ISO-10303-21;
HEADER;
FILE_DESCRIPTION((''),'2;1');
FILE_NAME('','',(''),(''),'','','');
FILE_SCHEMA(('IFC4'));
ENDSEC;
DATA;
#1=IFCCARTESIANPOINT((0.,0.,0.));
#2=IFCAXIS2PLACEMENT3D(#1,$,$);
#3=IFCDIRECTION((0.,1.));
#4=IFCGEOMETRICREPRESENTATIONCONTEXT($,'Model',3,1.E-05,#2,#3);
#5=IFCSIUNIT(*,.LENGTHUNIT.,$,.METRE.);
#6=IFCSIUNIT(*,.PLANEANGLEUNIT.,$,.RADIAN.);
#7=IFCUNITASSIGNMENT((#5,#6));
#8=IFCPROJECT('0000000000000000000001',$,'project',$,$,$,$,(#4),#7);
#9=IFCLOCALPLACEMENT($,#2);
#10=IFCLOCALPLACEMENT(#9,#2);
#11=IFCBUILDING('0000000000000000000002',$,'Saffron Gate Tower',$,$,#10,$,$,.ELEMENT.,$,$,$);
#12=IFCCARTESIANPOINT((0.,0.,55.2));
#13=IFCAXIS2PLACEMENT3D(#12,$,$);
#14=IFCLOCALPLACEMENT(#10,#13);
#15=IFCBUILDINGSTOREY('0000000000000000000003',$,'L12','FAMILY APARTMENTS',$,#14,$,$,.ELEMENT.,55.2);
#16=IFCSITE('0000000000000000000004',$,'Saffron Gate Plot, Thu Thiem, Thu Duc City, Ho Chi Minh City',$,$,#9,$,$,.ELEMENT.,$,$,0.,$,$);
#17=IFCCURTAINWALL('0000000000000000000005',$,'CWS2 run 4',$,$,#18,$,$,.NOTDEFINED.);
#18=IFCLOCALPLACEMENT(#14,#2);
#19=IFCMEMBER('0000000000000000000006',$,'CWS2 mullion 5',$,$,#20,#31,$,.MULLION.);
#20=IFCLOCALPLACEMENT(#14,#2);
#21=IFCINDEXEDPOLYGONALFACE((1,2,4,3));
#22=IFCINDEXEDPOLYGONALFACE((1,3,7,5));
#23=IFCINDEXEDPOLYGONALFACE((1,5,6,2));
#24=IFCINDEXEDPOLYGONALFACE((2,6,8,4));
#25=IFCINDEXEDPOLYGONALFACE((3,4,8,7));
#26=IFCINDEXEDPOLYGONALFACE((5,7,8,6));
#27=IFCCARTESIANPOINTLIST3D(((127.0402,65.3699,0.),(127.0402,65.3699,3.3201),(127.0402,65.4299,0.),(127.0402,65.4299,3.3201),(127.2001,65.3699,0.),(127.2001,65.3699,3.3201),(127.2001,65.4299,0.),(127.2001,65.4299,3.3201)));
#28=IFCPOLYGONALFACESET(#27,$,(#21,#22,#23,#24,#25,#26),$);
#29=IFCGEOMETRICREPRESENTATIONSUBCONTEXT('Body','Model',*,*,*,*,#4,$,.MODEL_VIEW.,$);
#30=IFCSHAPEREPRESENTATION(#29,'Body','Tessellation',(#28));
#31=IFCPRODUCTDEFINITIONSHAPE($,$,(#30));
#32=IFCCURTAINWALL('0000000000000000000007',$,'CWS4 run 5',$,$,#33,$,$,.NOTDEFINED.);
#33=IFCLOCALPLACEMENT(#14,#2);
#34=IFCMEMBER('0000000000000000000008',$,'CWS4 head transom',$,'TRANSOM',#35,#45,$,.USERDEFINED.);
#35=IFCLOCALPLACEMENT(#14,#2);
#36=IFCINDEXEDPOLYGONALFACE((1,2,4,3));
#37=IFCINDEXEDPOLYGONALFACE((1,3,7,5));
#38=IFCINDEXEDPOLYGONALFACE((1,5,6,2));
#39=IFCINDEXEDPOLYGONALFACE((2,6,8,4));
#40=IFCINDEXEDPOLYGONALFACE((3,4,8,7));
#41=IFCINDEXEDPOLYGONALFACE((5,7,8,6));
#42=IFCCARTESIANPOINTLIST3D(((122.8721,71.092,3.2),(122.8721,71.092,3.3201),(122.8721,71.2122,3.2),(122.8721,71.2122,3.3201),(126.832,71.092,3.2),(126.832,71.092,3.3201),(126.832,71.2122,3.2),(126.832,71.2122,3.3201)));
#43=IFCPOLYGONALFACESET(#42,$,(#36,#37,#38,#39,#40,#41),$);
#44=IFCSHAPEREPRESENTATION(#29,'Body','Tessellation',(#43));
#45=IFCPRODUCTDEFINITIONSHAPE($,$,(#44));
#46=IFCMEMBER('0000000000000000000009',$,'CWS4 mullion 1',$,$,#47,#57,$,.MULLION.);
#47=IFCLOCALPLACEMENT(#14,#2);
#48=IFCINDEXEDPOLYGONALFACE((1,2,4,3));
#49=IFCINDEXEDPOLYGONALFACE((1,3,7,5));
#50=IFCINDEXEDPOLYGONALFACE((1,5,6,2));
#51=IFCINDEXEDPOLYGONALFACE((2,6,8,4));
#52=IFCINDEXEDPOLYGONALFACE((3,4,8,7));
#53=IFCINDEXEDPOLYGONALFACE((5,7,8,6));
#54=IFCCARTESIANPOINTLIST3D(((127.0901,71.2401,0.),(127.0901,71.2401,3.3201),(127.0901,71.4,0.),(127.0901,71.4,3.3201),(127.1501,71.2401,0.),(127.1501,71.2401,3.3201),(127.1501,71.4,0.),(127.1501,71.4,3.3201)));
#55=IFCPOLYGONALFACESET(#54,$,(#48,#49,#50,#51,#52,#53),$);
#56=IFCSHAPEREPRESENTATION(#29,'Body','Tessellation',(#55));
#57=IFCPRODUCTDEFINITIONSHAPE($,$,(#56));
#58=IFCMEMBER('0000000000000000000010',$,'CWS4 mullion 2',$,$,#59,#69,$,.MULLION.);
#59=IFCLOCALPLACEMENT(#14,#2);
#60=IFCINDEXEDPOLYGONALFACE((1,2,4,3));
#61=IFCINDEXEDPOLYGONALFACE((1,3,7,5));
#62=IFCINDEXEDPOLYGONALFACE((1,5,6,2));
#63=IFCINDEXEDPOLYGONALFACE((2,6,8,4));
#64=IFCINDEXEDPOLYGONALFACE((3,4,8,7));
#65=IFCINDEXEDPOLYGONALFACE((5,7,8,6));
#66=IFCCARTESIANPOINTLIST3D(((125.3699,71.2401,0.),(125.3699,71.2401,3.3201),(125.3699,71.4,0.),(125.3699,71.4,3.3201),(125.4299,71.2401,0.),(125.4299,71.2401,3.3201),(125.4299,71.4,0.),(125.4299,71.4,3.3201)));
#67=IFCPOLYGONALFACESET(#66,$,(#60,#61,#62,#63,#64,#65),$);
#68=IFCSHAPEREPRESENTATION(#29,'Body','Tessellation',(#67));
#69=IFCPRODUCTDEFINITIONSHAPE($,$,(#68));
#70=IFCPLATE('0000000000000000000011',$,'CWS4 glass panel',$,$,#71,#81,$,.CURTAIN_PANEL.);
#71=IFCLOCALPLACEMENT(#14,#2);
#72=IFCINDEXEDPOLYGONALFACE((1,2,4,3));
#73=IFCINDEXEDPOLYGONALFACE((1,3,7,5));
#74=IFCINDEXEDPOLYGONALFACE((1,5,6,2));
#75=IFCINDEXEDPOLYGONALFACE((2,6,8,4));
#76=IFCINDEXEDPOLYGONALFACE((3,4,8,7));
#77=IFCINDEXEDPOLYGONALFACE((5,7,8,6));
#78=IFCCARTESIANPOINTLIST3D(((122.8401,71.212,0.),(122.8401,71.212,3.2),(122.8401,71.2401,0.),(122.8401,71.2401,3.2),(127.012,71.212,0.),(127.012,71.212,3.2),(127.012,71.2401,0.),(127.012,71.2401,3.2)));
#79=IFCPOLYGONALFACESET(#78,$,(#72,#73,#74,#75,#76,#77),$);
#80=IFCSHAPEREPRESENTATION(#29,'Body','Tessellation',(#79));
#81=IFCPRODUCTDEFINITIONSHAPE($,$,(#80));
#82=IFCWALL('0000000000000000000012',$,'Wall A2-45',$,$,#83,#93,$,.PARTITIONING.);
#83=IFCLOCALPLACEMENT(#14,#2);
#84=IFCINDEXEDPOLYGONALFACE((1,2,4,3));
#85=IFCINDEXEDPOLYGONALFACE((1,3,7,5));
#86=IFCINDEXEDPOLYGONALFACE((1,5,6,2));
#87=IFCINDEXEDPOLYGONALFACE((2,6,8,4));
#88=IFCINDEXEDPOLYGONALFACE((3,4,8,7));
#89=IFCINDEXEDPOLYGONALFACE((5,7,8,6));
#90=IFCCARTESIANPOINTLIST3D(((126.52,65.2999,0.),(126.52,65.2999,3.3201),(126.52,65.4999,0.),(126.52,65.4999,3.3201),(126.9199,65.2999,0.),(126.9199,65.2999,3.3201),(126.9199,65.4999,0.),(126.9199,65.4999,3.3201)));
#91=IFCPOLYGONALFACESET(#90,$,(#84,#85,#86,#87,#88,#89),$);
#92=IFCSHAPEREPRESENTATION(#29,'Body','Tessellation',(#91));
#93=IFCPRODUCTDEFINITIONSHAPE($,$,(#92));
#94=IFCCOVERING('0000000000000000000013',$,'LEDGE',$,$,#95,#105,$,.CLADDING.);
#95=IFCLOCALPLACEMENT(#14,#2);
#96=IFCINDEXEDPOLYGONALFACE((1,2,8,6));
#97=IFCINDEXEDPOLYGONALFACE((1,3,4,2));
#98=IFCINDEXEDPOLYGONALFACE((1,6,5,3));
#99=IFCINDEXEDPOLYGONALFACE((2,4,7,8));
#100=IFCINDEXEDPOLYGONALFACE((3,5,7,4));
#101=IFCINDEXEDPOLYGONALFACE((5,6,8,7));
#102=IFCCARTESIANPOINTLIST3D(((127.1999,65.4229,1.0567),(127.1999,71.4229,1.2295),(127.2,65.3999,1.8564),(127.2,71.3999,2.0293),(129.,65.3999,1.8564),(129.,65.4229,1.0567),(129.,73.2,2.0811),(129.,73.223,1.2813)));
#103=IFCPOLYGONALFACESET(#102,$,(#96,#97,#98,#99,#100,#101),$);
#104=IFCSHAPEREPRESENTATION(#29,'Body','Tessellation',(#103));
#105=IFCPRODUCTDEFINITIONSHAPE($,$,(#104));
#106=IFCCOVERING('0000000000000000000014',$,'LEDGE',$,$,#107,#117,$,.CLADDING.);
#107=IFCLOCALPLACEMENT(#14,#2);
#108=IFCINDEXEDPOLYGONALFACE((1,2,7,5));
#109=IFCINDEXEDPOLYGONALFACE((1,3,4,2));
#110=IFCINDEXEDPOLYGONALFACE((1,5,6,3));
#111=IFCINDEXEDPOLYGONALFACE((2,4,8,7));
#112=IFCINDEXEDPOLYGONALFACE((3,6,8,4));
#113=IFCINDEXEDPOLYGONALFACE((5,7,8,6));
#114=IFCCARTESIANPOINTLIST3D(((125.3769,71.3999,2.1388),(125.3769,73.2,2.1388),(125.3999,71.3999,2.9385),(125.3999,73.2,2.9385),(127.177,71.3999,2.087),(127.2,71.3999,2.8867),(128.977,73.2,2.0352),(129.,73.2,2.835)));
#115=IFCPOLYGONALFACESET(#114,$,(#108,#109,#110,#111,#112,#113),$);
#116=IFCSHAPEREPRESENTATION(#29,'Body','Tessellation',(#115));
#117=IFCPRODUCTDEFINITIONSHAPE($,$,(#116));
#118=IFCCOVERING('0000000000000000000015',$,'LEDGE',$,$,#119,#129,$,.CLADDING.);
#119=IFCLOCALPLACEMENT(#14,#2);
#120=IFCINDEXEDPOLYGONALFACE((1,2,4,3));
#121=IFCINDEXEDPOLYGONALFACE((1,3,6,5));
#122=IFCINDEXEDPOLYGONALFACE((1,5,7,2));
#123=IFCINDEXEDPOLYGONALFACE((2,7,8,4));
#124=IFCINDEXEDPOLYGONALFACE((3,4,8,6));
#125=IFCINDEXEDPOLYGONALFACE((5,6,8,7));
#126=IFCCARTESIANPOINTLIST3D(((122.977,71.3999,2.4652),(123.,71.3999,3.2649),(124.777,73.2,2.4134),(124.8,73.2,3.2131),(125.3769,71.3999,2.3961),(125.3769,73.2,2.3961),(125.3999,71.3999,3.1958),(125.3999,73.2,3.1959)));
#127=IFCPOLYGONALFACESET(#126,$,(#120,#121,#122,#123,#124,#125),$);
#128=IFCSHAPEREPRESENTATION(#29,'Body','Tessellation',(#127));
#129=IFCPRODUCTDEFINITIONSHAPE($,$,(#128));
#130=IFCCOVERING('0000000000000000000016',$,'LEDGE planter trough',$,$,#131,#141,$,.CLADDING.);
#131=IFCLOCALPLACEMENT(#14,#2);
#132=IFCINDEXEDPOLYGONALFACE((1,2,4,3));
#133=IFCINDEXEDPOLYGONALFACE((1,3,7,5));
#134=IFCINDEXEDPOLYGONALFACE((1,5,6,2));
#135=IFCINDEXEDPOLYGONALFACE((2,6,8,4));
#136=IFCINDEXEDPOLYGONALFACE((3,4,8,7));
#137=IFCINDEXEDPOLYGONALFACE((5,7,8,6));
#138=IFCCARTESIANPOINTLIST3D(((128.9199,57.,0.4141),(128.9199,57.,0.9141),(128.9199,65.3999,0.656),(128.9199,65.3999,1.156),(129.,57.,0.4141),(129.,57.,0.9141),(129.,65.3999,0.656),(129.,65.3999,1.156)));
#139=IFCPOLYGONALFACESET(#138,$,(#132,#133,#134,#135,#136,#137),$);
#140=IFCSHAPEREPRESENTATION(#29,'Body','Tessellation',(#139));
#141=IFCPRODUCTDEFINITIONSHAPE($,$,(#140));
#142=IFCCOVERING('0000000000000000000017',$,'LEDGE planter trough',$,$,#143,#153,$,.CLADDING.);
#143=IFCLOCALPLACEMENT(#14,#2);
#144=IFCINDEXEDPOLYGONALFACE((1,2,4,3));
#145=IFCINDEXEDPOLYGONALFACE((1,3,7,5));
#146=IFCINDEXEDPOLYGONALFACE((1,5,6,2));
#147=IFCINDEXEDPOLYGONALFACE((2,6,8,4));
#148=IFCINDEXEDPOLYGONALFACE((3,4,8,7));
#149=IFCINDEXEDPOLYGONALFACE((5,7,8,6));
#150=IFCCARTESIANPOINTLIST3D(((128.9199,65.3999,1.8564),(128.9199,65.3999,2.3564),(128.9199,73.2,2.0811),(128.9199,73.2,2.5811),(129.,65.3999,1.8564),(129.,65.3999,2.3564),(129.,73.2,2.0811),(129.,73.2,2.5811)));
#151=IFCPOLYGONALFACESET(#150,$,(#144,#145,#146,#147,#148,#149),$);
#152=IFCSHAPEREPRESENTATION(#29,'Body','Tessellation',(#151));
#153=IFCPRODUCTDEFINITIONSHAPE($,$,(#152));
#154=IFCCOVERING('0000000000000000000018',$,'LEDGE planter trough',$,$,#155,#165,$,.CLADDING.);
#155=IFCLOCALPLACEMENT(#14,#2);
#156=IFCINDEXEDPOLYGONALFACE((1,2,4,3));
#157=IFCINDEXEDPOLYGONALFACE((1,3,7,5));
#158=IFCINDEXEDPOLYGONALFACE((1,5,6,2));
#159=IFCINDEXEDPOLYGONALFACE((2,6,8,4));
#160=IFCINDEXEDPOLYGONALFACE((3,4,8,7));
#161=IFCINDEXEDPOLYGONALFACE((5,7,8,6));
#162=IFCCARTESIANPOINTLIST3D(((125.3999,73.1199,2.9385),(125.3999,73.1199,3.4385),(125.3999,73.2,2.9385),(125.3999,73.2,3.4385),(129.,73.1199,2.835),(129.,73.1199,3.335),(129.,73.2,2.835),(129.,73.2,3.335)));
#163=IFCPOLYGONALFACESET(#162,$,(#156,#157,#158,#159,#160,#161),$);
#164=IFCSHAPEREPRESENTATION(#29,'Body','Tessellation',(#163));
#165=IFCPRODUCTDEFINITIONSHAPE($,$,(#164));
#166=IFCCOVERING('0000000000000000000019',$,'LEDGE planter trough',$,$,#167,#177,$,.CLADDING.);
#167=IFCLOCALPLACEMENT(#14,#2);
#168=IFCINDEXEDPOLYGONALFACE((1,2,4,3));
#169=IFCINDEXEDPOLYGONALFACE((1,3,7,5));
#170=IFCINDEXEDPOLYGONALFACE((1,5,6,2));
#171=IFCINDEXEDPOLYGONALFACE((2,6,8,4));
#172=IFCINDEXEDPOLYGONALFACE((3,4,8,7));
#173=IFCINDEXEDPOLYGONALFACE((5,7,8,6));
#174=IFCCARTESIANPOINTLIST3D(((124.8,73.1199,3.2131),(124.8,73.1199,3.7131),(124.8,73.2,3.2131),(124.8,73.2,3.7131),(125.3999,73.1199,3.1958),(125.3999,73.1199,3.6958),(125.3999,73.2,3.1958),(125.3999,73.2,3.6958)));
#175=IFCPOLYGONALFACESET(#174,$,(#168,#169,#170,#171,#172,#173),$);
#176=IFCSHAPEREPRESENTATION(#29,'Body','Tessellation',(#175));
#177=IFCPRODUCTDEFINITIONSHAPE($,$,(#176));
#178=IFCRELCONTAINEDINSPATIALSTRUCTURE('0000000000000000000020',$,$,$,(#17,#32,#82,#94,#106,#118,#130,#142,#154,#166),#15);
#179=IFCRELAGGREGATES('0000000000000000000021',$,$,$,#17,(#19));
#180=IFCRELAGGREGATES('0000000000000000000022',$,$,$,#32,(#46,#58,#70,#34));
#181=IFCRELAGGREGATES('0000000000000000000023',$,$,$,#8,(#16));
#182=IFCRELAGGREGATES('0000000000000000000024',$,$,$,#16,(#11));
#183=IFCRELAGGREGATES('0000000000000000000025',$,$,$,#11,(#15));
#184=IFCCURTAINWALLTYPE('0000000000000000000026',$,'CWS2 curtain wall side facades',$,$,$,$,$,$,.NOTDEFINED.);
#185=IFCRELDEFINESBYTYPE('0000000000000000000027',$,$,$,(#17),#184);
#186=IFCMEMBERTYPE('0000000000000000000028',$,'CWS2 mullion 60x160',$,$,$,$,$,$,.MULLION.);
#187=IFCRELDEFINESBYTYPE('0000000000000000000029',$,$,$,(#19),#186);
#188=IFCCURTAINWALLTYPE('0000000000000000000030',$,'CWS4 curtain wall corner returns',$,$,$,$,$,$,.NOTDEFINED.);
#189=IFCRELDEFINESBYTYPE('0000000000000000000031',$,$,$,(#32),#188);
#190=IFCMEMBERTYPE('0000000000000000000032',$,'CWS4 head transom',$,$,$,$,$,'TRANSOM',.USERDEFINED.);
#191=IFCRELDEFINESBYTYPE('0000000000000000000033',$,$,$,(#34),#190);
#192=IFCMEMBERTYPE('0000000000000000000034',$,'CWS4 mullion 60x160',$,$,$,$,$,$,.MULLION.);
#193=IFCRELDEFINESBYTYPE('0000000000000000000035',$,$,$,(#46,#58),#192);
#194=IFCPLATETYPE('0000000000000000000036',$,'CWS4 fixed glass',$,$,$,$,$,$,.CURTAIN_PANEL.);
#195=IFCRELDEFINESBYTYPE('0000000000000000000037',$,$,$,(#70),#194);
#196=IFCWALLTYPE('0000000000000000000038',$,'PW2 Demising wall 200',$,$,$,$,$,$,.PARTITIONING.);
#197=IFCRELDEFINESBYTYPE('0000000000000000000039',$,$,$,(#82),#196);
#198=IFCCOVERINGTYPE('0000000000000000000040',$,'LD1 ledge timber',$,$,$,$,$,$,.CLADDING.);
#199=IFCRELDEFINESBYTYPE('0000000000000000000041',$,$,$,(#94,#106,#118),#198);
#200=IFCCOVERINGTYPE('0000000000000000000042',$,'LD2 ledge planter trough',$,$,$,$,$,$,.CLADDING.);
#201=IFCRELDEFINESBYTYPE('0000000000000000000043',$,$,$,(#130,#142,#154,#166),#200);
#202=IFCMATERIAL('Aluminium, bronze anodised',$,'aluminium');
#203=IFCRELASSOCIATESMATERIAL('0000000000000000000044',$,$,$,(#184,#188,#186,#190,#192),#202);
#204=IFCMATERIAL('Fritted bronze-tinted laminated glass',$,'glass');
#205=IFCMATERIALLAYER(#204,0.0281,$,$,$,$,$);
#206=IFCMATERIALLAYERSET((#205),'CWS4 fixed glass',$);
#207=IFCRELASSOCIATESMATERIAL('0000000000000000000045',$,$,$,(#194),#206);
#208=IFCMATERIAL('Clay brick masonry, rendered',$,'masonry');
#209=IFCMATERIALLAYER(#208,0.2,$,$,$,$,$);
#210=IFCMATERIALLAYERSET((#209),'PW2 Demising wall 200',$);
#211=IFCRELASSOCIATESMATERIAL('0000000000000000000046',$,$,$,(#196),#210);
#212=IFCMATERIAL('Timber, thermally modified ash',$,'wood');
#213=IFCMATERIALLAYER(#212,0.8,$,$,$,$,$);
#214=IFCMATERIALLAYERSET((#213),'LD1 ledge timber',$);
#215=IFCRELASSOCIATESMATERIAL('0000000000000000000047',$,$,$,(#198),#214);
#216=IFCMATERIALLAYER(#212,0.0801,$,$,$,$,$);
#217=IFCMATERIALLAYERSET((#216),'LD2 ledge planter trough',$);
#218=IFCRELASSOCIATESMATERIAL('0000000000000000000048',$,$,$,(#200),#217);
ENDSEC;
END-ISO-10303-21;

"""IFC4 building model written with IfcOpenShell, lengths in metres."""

from ifc_helpers import new_model, si_unit, direction, frame, frame_2d, origin, origin_2d, place, context, subcontext, project, spatial, polyline, rectangle, outline, extrude, material, layer, layer_set, material_profile, profile_set, type_object, element, aggregate, save


model = new_model("IFC4")

# Units and contexts
model_context = context("Model", 3, precision=1e-05, world=origin(), true_north=direction((0.0, 1.0)))
body_context = subcontext(model_context, "Body", "Model", "MODEL_VIEW")
ifc_project = project(units=[si_unit("LENGTHUNIT", "METRE"), si_unit("PLANEANGLEUNIT", "RADIAN")], contexts=[model_context])

# Site, building, storey
site_placement = place(None, origin())
site = spatial("IfcSite", under=ifc_project, at=site_placement, Name="Saffron Gate Plot, Thu Thiem, Thu Duc City, Ho Chi Minh City", CompositionType="ELEMENT", RefElevation=0.0)
building_placement = place(site_placement, origin())
building = spatial("IfcBuilding", under=site, at=building_placement, Name="Saffron Gate Tower", CompositionType="ELEMENT")
storey_placement = place(building_placement, frame((0.0, 0.0, 55.2)))
storey = spatial("IfcBuildingStorey", under=building, at=storey_placement, Name="L12", Description="FAMILY APARTMENTS", CompositionType="ELEMENT", Elevation=55.2)

# Curtain wall, member
ifc_material_1 = material(Name="Aluminium, bronze anodised", Category="aluminium")
curtain_wall_type_1 = type_object("IfcCurtainWallType", Name="CWS2 curtain wall side facades", PredefinedType="NOTDEFINED", material=ifc_material_1)
curtain_wall_1_placement = place(storey_placement, origin())
curtain_wall_1 = element("IfcCurtainWall", 1, at=curtain_wall_1_placement, inside=storey, type_object=curtain_wall_type_1, Name="CWS2 run 4", PredefinedType="NOTDEFINED")
ifc_material_profile_1 = material_profile(ifc_material_1, rectangle(XDim=0.1599, YDim=0.0601, at=origin_2d()))
ifc_profile_set_1 = profile_set([ifc_material_profile_1], Name="Aluminium, bronze anodised")
member_type_1 = type_object("IfcMemberType", Name="CWS2 mullion 60x160", PredefinedType="MULLION", material=ifc_profile_set_1)
member_1_placement = place(storey_placement, frame((127.1201, 65.3999, 0.0), z_axis=(0.0, 0.0, 1.0), x_axis=(-1.0, 0.0, 0.0)))
member_1 = element("IfcMember", 2, at=member_1_placement, type_object=member_type_1, Name="CWS2 mullion 5", PredefinedType="MULLION", context=body_context, shape_type="SweptSolid", body=[
    extrude(rectangle(XDim=0.1599, YDim=0.0601, at=origin_2d()), origin(), (0.0, 0.0, 1.0), 3.3201),
])
aggregate(curtain_wall_1, [member_1])

# Curtain wall, members, plate
curtain_wall_type_2 = type_object("IfcCurtainWallType", Name="CWS4 curtain wall corner returns", PredefinedType="NOTDEFINED", material=ifc_material_1)
curtain_wall_2_placement = place(storey_placement, origin())
curtain_wall_2 = element("IfcCurtainWall", 3, at=curtain_wall_2_placement, inside=storey, type_object=curtain_wall_type_2, Name="CWS4 run 5", PredefinedType="NOTDEFINED")
ifc_material_profile_2 = material_profile(ifc_material_1, rectangle(XDim=0.1201, YDim=0.1201, at=origin_2d()))
ifc_profile_set_2 = profile_set([ifc_material_profile_2], Name="Aluminium, bronze anodised")
member_type_2 = type_object("IfcMemberType", Name="CWS4 head transom", ElementType="TRANSOM", PredefinedType="USERDEFINED", material=ifc_profile_set_2)
member_2_placement = place(storey_placement, frame((126.832, 71.1521, 3.26), z_axis=(-1.0, 0.0, 0.0), x_axis=(0.0, -1.0, 0.0)))
member_2 = element("IfcMember", 4, at=member_2_placement, type_object=member_type_2, Name="CWS4 head transom", ObjectType="TRANSOM", PredefinedType="USERDEFINED", context=body_context, shape_type="SweptSolid", body=[
    extrude(rectangle(XDim=0.1201, YDim=0.1201, at=origin_2d()), origin(), (0.0, 0.0, 1.0), 3.96),
])
ifc_material_profile_3 = material_profile(ifc_material_1, rectangle(XDim=0.1599, YDim=0.0601, at=origin_2d()))
ifc_profile_set_3 = profile_set([ifc_material_profile_3], Name="Aluminium, bronze anodised")
member_type_3 = type_object("IfcMemberType", Name="CWS4 mullion 60x160", PredefinedType="MULLION", material=ifc_profile_set_3)
member_3_placement = place(storey_placement, frame((127.1201, 71.3201, 0.0), z_axis=(0.0, 0.0, 1.0), x_axis=(0.0, -1.0, 0.0)))
member_3 = element("IfcMember", 5, at=member_3_placement, type_object=member_type_3, Name="CWS4 mullion 1", PredefinedType="MULLION", context=body_context, shape_type="SweptSolid", body=[
    extrude(rectangle(XDim=0.1599, YDim=0.0601, at=origin_2d()), origin(), (0.0, 0.0, 1.0), 3.3201),
])
member_4_placement = place(storey_placement, frame((125.3999, 71.3201, 0.0), z_axis=(0.0, 0.0, 1.0), x_axis=(0.0, -1.0, 0.0)))
member_4 = element("IfcMember", 6, at=member_4_placement, type_object=member_type_3, Name="CWS4 mullion 2", PredefinedType="MULLION", context=body_context, shape_type="SweptSolid", body=[
    extrude(rectangle(XDim=0.1599, YDim=0.0601, at=origin_2d()), origin(), (0.0, 0.0, 1.0), 3.3201),
])
ifc_material_2 = material(Name="Fritted bronze-tinted laminated glass", Category="glass")
ifc_layer_1 = layer(ifc_material_2, 0.0281)
ifc_layer_set_1 = layer_set([ifc_layer_1], Name="CWS4 fixed glass")
plate_type = type_object("IfcPlateType", Name="CWS4 fixed glass", PredefinedType="CURTAIN_PANEL", material=ifc_layer_set_1)
plate_placement = place(storey_placement, frame((127.012, 71.2261, 0.0), z_axis=(0.0, 0.0, 1.0), x_axis=(-1.0, 0.0, 0.0)))
plate = element("IfcPlate", 7, at=plate_placement, type_object=plate_type, Name="CWS4 glass panel", PredefinedType="CURTAIN_PANEL", context=body_context, shape_type="SweptSolid", body=[
    extrude(rectangle(XDim=4.1719, YDim=0.0281, at=frame_2d((2.0859, 0.0))), origin(), (0.0, 0.0, 1.0), 3.2),
])
aggregate(curtain_wall_2, [member_3, member_4, plate, member_2])

# Wall
ifc_material_3 = material(Name="Clay brick masonry, rendered", Category="masonry")
ifc_layer_2 = layer(ifc_material_3, 0.2)
ifc_layer_set_2 = layer_set([ifc_layer_2], Name="PW2 Demising wall 200")
wall_type = type_object("IfcWallType", Name="PW2 Demising wall 200", PredefinedType="PARTITIONING", material=ifc_layer_set_2)
wall_placement = place(storey_placement, frame((126.52, 65.3999, 0.0), z_axis=(0.0, 0.0, 1.0), x_axis=(1.0, 0.0, 0.0)))
element("IfcWall", 8, at=wall_placement, inside=storey, type_object=wall_type, Name="Wall A2-45", PredefinedType="PARTITIONING", context=body_context, shape_type="SweptSolid", body=[
    extrude(rectangle(XDim=0.3999, YDim=0.2, at=frame_2d((0.2, 0.0))), origin(), (0.0, 0.0, 1.0), 3.3201),
])

# Coverings
ifc_material_4 = material(Name="Timber, thermally modified ash", Category="wood")
ifc_layer_3 = layer(ifc_material_4, 0.8)
ifc_layer_set_3 = layer_set([ifc_layer_3], Name="LD1 ledge timber")
covering_type_1 = type_object("IfcCoveringType", Name="LD1 ledge timber", PredefinedType="CLADDING", material=ifc_layer_set_3)
covering_1_placement = place(storey_placement, frame((127.2, 65.3999, 1.8564), z_axis=(0.000024, -0.028789, 0.999585), x_axis=(0.0, 0.999585, 0.028789)))
element("IfcCovering", 9, at=covering_1_placement, inside=storey, type_object=covering_type_1, Name="LEDGE", PredefinedType="CLADDING", context=body_context, shape_type="SweptSolid", body=[
    extrude(outline(polyline([(0.0, 0.0), (6.0025, 0.0), (7.8033, -1.8), (0.0, -1.8), (0.0, 0.0)])), origin(), (0.0, 0.0, -1.0), 0.8),
])
covering_2_placement = place(storey_placement, frame((127.2, 71.3999, 2.8867), z_axis=(0.028742, 0.0, 0.999587), x_axis=(-0.999587, 0.0, 0.028742)))
element("IfcCovering", 10, at=covering_2_placement, inside=storey, type_object=covering_type_1, Name="LEDGE", PredefinedType="CLADDING", context=body_context, shape_type="SweptSolid", body=[
    extrude(outline(polyline([(0.0, 0.0), (1.8008, 0.0), (1.8008, -1.8), (-1.8008, -1.8), (0.0, 0.0)])), origin(), (0.0, 0.0, -1.0), 0.8),
])
covering_3_placement = place(storey_placement, frame((125.3999, 71.3999, 3.1958), z_axis=(0.028799, -0.000029, 0.999585), x_axis=(-0.999585, 0.0, 0.028799)))
element("IfcCovering", 11, at=covering_3_placement, inside=storey, type_object=covering_type_1, Name="LEDGE", PredefinedType="CLADDING", context=body_context, shape_type="SweptSolid", body=[
    extrude(outline(polyline([(0.0, 0.0), (2.4009, 0.0), (0.6001, -1.8), (0.0, -1.8), (0.0, 0.0)])), origin(), (0.0, 0.0, -1.0), 0.8),
])
ifc_layer_4 = layer(ifc_material_4, 0.0801)
ifc_layer_set_4 = layer_set([ifc_layer_4], Name="LD2 ledge planter trough")
covering_type_2 = type_object("IfcCoveringType", Name="LD2 ledge planter trough", PredefinedType="CLADDING", material=ifc_layer_set_4)
covering_4_placement = place(storey_placement, frame((129.0, 57.0, 0.4141), z_axis=(1.0, 0.0, 0.0), x_axis=(0.0, 0.999585, 0.028791)))
element("IfcCovering", 12, at=covering_4_placement, inside=storey, type_object=covering_type_2, Name="LEDGE planter trough", PredefinedType="CLADDING", context=body_context, shape_type="SweptSolid", body=[
    extrude(outline(polyline([(0.0, 0.0), (8.4034, 0.0), (8.4178, 0.4998), (0.0144, 0.4998), (0.0, 0.0)])), origin(), (0.0, 0.0, -1.0), 0.0801),
])
covering_5_placement = place(storey_placement, frame((129.0, 65.3999, 1.8564), z_axis=(1.0, 0.0, 0.0), x_axis=(0.0, 0.999586, 0.028784)))
element("IfcCovering", 13, at=covering_5_placement, inside=storey, type_object=covering_type_2, Name="LEDGE planter trough", PredefinedType="CLADDING", context=body_context, shape_type="SweptSolid", body=[
    extrude(outline(polyline([(0.0, 0.0), (7.8033, 0.0), (7.8177, 0.4998), (0.0144, 0.4998), (0.0, 0.0)])), origin(), (0.0, 0.0, -1.0), 0.0801),
])
covering_6_placement = place(storey_placement, frame((129.0, 73.2, 2.835), z_axis=(0.0, 1.0, 0.0), x_axis=(-0.999587, 0.0, 0.028742)))
element("IfcCovering", 14, at=covering_6_placement, inside=storey, type_object=covering_type_2, Name="LEDGE planter trough", PredefinedType="CLADDING", context=body_context, shape_type="SweptSolid", body=[
    extrude(outline(polyline([(0.0, 0.0), (3.6016, 0.0), (3.616, 0.4998), (0.0144, 0.4998), (0.0, 0.0)])), origin(), (0.0, 0.0, -1.0), 0.0801),
])
covering_7_placement = place(storey_placement, frame((125.3999, 73.2, 3.1958), z_axis=(0.0, 1.0, 0.0), x_axis=(-0.999583, 0.0, 0.028885)))
element("IfcCovering", 15, at=covering_7_placement, inside=storey, type_object=covering_type_2, Name="LEDGE planter trough", PredefinedType="CLADDING", context=body_context, shape_type="SweptSolid", body=[
    extrude(outline(polyline([(0.0, 0.0), (0.6001, 0.0), (0.6145, 0.4998), (0.0144, 0.4998), (0.0, 0.0)])), origin(), (0.0, 0.0, -1.0), 0.0801),
])

save(model, "model.ifc")
